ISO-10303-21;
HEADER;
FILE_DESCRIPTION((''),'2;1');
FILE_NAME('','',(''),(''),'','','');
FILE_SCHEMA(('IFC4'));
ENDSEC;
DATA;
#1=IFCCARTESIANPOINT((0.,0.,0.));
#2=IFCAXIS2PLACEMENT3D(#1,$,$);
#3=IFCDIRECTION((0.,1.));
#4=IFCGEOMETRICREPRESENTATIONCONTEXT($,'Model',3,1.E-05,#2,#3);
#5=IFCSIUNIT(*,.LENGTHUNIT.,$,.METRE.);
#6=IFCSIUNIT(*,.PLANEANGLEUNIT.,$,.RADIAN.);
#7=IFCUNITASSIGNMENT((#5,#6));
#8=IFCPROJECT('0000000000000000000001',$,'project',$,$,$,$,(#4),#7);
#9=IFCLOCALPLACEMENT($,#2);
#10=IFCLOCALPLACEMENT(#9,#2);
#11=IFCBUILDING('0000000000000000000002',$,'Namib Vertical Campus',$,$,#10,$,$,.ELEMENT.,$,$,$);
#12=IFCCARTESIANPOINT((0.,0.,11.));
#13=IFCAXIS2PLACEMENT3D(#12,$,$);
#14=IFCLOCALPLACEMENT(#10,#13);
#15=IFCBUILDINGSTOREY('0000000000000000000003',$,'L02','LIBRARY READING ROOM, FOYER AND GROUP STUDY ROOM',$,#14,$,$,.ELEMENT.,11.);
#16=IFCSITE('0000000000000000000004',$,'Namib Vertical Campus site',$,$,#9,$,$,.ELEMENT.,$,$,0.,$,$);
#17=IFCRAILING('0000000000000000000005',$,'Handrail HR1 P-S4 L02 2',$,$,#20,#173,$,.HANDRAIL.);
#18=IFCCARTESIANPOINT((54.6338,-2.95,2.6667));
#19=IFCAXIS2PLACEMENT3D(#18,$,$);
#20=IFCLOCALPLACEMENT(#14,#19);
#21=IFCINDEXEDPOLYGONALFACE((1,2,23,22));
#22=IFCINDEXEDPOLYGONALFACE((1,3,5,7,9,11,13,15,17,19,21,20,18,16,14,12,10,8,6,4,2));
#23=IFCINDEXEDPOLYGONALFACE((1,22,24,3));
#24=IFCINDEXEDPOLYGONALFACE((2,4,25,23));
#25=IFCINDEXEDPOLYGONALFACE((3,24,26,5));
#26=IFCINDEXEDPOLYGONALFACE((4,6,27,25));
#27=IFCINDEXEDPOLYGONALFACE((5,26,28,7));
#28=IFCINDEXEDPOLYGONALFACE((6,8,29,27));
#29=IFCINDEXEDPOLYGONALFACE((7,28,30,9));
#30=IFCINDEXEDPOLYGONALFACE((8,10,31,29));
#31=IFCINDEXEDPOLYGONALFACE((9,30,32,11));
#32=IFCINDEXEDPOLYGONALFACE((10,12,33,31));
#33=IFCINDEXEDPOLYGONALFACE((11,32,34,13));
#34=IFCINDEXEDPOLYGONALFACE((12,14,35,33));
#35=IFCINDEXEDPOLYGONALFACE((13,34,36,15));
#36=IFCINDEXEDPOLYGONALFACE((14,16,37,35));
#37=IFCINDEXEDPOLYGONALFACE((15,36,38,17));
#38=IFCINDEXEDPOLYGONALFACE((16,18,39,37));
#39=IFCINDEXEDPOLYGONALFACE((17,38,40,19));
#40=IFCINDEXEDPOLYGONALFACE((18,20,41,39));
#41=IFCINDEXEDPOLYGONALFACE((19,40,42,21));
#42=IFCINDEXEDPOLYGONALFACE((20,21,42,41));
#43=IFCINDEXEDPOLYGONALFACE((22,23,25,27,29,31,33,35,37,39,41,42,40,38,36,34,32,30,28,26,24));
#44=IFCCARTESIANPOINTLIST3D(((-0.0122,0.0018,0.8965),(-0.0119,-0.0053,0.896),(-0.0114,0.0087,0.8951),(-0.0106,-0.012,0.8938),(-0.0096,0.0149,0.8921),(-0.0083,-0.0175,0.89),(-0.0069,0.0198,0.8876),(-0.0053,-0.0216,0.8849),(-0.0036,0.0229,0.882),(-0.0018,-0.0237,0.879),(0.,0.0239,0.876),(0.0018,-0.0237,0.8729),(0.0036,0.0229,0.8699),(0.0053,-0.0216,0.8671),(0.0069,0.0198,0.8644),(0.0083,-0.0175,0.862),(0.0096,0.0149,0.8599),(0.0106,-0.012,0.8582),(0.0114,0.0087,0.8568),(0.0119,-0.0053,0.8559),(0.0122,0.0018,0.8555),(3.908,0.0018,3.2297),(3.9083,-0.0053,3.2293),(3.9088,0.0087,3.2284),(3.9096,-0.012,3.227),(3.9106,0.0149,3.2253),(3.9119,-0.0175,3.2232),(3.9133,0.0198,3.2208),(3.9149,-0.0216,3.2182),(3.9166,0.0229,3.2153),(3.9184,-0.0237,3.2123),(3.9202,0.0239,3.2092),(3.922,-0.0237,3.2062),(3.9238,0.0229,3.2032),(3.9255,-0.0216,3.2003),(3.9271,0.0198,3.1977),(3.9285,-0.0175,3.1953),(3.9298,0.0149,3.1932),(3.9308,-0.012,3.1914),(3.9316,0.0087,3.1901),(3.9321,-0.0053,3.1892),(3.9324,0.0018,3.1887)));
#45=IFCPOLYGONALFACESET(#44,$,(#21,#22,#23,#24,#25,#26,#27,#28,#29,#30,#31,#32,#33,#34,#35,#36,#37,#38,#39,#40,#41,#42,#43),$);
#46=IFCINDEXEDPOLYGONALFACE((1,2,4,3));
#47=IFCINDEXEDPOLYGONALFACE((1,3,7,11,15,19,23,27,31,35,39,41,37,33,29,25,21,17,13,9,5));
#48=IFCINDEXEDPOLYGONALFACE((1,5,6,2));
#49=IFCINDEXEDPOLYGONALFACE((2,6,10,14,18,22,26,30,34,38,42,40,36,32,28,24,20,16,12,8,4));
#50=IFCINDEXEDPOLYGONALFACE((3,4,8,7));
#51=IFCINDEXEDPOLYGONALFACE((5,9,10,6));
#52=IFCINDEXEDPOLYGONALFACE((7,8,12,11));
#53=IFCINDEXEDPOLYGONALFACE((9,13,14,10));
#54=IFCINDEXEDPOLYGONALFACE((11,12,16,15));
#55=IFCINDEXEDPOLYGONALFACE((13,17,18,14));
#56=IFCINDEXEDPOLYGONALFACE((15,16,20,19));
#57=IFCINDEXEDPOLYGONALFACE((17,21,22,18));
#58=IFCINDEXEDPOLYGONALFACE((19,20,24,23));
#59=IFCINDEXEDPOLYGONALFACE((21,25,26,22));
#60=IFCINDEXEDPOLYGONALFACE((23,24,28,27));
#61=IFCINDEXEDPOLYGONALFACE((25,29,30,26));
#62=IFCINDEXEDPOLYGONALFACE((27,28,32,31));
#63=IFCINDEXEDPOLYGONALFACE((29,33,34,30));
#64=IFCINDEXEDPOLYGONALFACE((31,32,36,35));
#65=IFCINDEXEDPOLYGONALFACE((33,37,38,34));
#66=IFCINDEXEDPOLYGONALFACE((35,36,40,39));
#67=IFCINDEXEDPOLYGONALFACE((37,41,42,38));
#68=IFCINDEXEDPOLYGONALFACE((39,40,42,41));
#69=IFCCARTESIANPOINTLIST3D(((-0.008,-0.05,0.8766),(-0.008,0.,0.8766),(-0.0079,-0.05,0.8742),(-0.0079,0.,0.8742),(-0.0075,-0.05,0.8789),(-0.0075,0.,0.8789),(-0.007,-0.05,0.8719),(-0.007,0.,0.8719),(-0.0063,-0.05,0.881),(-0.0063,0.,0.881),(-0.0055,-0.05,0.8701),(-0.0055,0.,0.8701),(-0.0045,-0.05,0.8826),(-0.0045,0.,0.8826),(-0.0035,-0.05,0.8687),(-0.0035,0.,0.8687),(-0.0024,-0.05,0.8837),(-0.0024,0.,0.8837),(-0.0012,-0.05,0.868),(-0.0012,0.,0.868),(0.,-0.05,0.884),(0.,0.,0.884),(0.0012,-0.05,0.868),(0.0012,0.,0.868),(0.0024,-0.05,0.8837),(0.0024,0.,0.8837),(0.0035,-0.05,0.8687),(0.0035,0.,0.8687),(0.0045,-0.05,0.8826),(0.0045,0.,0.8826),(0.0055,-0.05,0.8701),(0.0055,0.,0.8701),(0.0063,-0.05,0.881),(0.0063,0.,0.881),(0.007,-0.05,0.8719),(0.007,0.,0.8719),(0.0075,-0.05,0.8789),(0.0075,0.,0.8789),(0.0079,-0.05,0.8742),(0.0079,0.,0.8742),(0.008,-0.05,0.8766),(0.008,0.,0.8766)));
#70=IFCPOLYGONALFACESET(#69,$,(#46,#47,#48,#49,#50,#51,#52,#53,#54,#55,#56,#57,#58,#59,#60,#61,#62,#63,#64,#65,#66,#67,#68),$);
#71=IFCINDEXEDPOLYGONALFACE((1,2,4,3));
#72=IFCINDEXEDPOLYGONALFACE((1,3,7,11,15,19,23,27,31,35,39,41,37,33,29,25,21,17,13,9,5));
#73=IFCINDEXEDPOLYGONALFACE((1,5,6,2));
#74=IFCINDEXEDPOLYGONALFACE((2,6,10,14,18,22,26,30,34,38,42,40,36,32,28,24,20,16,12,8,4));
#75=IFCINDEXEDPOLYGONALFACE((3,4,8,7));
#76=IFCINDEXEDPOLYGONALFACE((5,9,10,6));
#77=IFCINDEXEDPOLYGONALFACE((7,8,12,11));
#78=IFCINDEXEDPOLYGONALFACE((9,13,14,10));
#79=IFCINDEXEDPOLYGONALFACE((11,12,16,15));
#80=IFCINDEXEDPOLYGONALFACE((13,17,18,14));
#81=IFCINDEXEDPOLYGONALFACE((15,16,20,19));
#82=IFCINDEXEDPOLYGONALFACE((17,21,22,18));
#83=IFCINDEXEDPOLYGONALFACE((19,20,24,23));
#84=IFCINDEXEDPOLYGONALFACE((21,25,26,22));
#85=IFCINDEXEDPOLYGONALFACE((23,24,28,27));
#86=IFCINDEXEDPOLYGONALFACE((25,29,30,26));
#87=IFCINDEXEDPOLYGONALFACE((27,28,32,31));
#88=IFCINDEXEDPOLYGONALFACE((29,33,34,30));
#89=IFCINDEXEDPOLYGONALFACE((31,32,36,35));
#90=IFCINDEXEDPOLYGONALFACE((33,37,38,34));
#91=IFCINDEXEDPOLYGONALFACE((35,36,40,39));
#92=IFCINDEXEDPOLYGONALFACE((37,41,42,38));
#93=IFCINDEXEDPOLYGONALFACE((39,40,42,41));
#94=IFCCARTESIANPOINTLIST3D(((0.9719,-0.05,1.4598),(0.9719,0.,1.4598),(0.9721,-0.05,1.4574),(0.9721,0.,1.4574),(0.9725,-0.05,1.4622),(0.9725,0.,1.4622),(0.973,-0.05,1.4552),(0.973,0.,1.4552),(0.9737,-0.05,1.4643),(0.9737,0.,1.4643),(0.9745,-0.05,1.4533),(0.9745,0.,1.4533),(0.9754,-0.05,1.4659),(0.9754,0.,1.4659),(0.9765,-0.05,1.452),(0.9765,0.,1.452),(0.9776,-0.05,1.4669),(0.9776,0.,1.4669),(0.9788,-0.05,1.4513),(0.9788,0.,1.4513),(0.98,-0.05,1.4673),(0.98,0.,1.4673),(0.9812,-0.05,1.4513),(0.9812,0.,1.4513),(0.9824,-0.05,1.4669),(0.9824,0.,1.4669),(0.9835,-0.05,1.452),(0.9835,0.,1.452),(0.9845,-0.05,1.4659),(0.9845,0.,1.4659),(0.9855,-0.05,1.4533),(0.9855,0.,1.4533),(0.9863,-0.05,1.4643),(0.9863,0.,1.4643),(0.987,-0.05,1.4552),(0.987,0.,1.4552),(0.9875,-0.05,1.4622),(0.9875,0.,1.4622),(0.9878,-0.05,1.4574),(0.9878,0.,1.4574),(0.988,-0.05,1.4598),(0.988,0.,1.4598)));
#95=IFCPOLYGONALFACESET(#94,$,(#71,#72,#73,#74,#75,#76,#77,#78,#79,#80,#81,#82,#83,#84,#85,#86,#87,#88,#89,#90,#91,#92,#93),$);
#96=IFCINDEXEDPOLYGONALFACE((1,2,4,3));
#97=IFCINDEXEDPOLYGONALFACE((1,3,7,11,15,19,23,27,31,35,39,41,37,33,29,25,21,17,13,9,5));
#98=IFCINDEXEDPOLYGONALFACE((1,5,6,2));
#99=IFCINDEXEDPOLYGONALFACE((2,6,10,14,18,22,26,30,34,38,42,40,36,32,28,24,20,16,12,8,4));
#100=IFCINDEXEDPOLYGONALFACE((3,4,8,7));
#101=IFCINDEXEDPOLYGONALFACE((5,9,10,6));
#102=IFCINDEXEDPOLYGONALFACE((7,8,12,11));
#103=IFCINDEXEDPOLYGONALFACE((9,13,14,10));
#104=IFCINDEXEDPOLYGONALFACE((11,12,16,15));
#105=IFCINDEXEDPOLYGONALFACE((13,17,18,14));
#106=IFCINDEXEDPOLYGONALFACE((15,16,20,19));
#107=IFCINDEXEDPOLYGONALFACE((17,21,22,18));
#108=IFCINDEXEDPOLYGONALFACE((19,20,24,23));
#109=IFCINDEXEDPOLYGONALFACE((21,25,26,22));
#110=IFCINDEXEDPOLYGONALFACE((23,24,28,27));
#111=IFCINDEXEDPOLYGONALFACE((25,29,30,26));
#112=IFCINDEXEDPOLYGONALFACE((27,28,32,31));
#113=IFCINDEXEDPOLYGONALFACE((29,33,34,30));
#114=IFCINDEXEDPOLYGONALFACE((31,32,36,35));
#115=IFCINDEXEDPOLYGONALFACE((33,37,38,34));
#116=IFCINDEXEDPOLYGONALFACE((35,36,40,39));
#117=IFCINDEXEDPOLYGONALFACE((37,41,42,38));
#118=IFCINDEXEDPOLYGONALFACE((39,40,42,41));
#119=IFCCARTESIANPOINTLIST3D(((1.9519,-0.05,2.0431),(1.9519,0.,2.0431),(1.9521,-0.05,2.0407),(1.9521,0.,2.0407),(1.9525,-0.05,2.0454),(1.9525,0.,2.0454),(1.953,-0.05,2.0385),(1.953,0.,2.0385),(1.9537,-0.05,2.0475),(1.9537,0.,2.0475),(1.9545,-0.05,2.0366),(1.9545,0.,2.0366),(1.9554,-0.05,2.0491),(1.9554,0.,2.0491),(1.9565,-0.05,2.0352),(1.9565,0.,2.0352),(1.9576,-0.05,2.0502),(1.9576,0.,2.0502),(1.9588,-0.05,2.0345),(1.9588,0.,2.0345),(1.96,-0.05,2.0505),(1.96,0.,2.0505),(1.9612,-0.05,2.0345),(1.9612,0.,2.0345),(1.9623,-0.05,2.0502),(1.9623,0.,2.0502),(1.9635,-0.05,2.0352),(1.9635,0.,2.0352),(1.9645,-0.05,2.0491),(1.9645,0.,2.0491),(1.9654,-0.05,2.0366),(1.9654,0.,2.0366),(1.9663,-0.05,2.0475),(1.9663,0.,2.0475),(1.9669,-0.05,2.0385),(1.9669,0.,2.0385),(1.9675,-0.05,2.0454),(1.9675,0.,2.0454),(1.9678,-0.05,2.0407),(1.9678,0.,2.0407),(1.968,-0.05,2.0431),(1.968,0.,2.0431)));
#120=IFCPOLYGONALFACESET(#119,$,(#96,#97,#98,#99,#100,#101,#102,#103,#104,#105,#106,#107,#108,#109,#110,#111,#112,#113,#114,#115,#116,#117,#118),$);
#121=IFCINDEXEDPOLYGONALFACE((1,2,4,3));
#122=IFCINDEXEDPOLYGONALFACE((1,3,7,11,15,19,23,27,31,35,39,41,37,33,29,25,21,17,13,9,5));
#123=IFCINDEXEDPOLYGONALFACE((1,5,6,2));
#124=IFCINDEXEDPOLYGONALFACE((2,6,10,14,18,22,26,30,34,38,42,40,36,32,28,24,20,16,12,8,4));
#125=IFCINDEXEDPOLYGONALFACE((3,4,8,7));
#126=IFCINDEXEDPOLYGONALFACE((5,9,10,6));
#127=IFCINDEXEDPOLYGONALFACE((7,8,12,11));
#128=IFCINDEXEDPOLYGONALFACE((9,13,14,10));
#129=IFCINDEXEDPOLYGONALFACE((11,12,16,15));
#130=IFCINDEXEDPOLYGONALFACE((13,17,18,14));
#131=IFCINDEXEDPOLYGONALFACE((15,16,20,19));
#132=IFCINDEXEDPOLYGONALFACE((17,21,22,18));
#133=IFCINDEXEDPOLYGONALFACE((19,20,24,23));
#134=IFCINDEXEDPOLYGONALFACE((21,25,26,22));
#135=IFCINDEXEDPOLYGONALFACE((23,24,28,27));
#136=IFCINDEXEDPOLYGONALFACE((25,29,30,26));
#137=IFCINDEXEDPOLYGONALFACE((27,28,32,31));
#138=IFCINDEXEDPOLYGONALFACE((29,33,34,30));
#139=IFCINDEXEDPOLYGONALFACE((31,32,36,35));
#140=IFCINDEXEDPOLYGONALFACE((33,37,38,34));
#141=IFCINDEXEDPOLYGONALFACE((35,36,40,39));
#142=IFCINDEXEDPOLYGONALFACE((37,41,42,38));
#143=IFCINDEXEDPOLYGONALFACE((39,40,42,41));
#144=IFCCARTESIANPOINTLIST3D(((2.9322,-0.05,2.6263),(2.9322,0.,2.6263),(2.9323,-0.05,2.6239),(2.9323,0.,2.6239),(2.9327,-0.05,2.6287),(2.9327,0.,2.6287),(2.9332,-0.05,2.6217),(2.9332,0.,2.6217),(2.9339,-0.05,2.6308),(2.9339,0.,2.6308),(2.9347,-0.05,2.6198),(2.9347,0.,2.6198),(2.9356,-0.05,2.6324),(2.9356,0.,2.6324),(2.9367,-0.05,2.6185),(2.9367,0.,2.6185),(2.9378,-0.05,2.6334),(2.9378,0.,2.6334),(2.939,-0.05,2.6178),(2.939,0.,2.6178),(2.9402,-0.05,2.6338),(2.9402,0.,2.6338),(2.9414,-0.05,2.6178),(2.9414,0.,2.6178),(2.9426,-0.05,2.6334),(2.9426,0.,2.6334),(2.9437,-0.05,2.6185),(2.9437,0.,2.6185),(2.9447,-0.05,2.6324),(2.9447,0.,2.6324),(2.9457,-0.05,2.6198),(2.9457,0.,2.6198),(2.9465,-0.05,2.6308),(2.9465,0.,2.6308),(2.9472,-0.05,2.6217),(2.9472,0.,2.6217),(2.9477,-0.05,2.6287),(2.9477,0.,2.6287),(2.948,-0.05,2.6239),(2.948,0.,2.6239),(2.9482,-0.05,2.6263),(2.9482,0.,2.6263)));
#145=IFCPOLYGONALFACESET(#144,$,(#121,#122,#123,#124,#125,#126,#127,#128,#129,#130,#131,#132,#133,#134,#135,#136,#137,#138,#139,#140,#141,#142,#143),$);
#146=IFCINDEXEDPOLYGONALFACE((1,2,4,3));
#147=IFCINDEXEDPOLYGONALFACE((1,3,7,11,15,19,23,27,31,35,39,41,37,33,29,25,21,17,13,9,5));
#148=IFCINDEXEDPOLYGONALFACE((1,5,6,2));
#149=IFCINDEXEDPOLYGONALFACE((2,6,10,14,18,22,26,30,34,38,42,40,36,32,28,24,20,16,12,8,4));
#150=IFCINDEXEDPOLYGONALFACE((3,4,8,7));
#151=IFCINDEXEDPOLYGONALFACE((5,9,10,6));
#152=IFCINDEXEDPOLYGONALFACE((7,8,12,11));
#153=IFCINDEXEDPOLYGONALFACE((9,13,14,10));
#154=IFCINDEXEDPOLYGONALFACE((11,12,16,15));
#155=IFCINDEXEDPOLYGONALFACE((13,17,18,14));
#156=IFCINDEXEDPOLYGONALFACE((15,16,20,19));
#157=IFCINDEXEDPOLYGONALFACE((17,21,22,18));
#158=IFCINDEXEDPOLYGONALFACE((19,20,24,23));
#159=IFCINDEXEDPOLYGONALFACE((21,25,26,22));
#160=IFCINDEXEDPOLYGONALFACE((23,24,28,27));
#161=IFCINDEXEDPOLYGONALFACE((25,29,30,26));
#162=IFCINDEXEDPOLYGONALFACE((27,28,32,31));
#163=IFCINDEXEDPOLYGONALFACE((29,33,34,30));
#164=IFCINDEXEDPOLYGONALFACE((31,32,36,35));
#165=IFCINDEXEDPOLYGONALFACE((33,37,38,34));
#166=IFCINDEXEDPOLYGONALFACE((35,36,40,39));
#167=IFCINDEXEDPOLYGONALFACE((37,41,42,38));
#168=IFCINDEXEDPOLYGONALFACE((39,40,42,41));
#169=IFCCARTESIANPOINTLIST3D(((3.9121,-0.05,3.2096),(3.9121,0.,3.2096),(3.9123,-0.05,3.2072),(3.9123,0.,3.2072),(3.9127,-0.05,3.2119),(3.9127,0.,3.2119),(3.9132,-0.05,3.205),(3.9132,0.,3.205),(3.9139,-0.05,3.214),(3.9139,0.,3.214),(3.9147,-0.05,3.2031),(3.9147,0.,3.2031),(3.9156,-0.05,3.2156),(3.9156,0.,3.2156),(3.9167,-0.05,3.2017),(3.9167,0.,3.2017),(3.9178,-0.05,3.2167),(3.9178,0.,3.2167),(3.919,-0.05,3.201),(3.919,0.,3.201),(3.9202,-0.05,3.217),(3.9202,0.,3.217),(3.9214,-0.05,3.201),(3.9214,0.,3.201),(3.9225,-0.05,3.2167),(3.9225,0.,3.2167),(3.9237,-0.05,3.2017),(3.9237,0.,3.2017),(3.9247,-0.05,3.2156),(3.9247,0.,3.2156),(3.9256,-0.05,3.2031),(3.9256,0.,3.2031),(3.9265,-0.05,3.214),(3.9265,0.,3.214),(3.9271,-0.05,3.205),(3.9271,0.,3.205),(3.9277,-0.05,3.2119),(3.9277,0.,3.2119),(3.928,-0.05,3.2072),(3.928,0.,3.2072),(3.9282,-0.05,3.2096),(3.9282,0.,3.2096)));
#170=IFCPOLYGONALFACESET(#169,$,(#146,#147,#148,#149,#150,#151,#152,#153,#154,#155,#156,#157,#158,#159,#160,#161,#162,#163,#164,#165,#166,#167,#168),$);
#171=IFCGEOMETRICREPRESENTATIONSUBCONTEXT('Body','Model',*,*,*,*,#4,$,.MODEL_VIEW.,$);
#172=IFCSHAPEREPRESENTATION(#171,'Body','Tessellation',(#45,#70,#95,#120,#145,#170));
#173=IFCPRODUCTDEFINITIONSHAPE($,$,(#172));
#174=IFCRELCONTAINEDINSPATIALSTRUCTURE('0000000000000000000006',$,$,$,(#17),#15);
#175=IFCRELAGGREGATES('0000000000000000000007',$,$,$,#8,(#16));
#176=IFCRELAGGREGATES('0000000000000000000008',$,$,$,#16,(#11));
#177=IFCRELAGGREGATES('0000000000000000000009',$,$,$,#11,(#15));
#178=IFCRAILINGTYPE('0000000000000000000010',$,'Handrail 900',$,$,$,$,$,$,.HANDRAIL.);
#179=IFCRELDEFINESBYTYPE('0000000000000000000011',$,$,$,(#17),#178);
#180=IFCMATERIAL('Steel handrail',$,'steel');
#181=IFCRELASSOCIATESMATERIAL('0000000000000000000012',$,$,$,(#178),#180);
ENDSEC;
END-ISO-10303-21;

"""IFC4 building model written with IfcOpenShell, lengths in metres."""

from ifc_helpers import new_model, si_unit, direction, frame, origin, origin_2d, place, context, subcontext, project, spatial, circle, extrude, material, type_object, element, save


model = new_model("IFC4")

# Units and contexts
model_context = context("Model", 3, precision=1e-05, world=origin(), true_north=direction((0.0, 1.0)))
body_context = subcontext(model_context, "Body", "Model", "MODEL_VIEW")
ifc_project = project(units=[si_unit("LENGTHUNIT", "METRE"), si_unit("PLANEANGLEUNIT", "RADIAN")], contexts=[model_context])

# Site, building, storey
site_placement = place(None, origin())
site = spatial("IfcSite", under=ifc_project, at=site_placement, Name="Namib Vertical Campus site", CompositionType="ELEMENT", RefElevation=0.0)
building_placement = place(site_placement, origin())
building = spatial("IfcBuilding", under=site, at=building_placement, Name="Namib Vertical Campus", CompositionType="ELEMENT")
storey_placement = place(building_placement, frame((0.0, 0.0, 11.0)))
storey = spatial("IfcBuildingStorey", under=building, at=storey_placement, Name="L02", Description="LIBRARY READING ROOM, FOYER AND GROUP STUDY ROOM", CompositionType="ELEMENT", Elevation=11.0)

# Railing
ifc_material_1 = material(Name="Steel handrail", Category="steel")
railing_type_1 = type_object("IfcRailingType", Name="Handrail 900", PredefinedType="HANDRAIL", material=ifc_material_1)
railing_1_placement = place(storey_placement, frame((54.6338, -2.95, 2.6667)))
element("IfcRailing", 1, at=railing_1_placement, inside=storey, type_object=railing_type_1, Name="Handrail HR1 P-S4 L02 2", PredefinedType="HANDRAIL", context=body_context, shape_type="SweptSolid", body=[
    extrude(circle(Radius=0.0239, at=origin_2d()), frame((0.0, 0.0, 0.876), z_axis=(0.85931, 0.0, 0.511455), x_axis=(0.0, 1.0, 0.0)), (0.0, 0.0, 1.0), 4.562),
    extrude(circle(Radius=0.0081, at=origin_2d()), frame((0.0, 0.0, 0.876), z_axis=(0.0, -1.0, 0.0), x_axis=(0.0, 0.0, 1.0)), (0.0, 0.0, 1.0), 0.05),
    extrude(circle(Radius=0.0081, at=origin_2d()), frame((0.98, 0.0, 1.4592), z_axis=(0.0, -1.0, 0.0), x_axis=(0.0, 0.0, 1.0)), (0.0, 0.0, 1.0), 0.05),
    extrude(circle(Radius=0.0081, at=origin_2d()), frame((1.96, 0.0, 2.0425), z_axis=(0.0, -1.0, 0.0), x_axis=(0.0, 0.0, 1.0)), (0.0, 0.0, 1.0), 0.05),
    extrude(circle(Radius=0.0081, at=origin_2d()), frame((2.9402, 0.0, 2.6257), z_axis=(0.0, -1.0, 0.0), x_axis=(0.0, 0.0, 1.0)), (0.0, 0.0, 1.0), 0.05),
    extrude(circle(Radius=0.0081, at=origin_2d()), frame((3.9202, 0.0, 3.209), z_axis=(0.0, -1.0, 0.0), x_axis=(0.0, 0.0, 1.0)), (0.0, 0.0, 1.0), 0.05),
])

save(model, "model.ifc")
